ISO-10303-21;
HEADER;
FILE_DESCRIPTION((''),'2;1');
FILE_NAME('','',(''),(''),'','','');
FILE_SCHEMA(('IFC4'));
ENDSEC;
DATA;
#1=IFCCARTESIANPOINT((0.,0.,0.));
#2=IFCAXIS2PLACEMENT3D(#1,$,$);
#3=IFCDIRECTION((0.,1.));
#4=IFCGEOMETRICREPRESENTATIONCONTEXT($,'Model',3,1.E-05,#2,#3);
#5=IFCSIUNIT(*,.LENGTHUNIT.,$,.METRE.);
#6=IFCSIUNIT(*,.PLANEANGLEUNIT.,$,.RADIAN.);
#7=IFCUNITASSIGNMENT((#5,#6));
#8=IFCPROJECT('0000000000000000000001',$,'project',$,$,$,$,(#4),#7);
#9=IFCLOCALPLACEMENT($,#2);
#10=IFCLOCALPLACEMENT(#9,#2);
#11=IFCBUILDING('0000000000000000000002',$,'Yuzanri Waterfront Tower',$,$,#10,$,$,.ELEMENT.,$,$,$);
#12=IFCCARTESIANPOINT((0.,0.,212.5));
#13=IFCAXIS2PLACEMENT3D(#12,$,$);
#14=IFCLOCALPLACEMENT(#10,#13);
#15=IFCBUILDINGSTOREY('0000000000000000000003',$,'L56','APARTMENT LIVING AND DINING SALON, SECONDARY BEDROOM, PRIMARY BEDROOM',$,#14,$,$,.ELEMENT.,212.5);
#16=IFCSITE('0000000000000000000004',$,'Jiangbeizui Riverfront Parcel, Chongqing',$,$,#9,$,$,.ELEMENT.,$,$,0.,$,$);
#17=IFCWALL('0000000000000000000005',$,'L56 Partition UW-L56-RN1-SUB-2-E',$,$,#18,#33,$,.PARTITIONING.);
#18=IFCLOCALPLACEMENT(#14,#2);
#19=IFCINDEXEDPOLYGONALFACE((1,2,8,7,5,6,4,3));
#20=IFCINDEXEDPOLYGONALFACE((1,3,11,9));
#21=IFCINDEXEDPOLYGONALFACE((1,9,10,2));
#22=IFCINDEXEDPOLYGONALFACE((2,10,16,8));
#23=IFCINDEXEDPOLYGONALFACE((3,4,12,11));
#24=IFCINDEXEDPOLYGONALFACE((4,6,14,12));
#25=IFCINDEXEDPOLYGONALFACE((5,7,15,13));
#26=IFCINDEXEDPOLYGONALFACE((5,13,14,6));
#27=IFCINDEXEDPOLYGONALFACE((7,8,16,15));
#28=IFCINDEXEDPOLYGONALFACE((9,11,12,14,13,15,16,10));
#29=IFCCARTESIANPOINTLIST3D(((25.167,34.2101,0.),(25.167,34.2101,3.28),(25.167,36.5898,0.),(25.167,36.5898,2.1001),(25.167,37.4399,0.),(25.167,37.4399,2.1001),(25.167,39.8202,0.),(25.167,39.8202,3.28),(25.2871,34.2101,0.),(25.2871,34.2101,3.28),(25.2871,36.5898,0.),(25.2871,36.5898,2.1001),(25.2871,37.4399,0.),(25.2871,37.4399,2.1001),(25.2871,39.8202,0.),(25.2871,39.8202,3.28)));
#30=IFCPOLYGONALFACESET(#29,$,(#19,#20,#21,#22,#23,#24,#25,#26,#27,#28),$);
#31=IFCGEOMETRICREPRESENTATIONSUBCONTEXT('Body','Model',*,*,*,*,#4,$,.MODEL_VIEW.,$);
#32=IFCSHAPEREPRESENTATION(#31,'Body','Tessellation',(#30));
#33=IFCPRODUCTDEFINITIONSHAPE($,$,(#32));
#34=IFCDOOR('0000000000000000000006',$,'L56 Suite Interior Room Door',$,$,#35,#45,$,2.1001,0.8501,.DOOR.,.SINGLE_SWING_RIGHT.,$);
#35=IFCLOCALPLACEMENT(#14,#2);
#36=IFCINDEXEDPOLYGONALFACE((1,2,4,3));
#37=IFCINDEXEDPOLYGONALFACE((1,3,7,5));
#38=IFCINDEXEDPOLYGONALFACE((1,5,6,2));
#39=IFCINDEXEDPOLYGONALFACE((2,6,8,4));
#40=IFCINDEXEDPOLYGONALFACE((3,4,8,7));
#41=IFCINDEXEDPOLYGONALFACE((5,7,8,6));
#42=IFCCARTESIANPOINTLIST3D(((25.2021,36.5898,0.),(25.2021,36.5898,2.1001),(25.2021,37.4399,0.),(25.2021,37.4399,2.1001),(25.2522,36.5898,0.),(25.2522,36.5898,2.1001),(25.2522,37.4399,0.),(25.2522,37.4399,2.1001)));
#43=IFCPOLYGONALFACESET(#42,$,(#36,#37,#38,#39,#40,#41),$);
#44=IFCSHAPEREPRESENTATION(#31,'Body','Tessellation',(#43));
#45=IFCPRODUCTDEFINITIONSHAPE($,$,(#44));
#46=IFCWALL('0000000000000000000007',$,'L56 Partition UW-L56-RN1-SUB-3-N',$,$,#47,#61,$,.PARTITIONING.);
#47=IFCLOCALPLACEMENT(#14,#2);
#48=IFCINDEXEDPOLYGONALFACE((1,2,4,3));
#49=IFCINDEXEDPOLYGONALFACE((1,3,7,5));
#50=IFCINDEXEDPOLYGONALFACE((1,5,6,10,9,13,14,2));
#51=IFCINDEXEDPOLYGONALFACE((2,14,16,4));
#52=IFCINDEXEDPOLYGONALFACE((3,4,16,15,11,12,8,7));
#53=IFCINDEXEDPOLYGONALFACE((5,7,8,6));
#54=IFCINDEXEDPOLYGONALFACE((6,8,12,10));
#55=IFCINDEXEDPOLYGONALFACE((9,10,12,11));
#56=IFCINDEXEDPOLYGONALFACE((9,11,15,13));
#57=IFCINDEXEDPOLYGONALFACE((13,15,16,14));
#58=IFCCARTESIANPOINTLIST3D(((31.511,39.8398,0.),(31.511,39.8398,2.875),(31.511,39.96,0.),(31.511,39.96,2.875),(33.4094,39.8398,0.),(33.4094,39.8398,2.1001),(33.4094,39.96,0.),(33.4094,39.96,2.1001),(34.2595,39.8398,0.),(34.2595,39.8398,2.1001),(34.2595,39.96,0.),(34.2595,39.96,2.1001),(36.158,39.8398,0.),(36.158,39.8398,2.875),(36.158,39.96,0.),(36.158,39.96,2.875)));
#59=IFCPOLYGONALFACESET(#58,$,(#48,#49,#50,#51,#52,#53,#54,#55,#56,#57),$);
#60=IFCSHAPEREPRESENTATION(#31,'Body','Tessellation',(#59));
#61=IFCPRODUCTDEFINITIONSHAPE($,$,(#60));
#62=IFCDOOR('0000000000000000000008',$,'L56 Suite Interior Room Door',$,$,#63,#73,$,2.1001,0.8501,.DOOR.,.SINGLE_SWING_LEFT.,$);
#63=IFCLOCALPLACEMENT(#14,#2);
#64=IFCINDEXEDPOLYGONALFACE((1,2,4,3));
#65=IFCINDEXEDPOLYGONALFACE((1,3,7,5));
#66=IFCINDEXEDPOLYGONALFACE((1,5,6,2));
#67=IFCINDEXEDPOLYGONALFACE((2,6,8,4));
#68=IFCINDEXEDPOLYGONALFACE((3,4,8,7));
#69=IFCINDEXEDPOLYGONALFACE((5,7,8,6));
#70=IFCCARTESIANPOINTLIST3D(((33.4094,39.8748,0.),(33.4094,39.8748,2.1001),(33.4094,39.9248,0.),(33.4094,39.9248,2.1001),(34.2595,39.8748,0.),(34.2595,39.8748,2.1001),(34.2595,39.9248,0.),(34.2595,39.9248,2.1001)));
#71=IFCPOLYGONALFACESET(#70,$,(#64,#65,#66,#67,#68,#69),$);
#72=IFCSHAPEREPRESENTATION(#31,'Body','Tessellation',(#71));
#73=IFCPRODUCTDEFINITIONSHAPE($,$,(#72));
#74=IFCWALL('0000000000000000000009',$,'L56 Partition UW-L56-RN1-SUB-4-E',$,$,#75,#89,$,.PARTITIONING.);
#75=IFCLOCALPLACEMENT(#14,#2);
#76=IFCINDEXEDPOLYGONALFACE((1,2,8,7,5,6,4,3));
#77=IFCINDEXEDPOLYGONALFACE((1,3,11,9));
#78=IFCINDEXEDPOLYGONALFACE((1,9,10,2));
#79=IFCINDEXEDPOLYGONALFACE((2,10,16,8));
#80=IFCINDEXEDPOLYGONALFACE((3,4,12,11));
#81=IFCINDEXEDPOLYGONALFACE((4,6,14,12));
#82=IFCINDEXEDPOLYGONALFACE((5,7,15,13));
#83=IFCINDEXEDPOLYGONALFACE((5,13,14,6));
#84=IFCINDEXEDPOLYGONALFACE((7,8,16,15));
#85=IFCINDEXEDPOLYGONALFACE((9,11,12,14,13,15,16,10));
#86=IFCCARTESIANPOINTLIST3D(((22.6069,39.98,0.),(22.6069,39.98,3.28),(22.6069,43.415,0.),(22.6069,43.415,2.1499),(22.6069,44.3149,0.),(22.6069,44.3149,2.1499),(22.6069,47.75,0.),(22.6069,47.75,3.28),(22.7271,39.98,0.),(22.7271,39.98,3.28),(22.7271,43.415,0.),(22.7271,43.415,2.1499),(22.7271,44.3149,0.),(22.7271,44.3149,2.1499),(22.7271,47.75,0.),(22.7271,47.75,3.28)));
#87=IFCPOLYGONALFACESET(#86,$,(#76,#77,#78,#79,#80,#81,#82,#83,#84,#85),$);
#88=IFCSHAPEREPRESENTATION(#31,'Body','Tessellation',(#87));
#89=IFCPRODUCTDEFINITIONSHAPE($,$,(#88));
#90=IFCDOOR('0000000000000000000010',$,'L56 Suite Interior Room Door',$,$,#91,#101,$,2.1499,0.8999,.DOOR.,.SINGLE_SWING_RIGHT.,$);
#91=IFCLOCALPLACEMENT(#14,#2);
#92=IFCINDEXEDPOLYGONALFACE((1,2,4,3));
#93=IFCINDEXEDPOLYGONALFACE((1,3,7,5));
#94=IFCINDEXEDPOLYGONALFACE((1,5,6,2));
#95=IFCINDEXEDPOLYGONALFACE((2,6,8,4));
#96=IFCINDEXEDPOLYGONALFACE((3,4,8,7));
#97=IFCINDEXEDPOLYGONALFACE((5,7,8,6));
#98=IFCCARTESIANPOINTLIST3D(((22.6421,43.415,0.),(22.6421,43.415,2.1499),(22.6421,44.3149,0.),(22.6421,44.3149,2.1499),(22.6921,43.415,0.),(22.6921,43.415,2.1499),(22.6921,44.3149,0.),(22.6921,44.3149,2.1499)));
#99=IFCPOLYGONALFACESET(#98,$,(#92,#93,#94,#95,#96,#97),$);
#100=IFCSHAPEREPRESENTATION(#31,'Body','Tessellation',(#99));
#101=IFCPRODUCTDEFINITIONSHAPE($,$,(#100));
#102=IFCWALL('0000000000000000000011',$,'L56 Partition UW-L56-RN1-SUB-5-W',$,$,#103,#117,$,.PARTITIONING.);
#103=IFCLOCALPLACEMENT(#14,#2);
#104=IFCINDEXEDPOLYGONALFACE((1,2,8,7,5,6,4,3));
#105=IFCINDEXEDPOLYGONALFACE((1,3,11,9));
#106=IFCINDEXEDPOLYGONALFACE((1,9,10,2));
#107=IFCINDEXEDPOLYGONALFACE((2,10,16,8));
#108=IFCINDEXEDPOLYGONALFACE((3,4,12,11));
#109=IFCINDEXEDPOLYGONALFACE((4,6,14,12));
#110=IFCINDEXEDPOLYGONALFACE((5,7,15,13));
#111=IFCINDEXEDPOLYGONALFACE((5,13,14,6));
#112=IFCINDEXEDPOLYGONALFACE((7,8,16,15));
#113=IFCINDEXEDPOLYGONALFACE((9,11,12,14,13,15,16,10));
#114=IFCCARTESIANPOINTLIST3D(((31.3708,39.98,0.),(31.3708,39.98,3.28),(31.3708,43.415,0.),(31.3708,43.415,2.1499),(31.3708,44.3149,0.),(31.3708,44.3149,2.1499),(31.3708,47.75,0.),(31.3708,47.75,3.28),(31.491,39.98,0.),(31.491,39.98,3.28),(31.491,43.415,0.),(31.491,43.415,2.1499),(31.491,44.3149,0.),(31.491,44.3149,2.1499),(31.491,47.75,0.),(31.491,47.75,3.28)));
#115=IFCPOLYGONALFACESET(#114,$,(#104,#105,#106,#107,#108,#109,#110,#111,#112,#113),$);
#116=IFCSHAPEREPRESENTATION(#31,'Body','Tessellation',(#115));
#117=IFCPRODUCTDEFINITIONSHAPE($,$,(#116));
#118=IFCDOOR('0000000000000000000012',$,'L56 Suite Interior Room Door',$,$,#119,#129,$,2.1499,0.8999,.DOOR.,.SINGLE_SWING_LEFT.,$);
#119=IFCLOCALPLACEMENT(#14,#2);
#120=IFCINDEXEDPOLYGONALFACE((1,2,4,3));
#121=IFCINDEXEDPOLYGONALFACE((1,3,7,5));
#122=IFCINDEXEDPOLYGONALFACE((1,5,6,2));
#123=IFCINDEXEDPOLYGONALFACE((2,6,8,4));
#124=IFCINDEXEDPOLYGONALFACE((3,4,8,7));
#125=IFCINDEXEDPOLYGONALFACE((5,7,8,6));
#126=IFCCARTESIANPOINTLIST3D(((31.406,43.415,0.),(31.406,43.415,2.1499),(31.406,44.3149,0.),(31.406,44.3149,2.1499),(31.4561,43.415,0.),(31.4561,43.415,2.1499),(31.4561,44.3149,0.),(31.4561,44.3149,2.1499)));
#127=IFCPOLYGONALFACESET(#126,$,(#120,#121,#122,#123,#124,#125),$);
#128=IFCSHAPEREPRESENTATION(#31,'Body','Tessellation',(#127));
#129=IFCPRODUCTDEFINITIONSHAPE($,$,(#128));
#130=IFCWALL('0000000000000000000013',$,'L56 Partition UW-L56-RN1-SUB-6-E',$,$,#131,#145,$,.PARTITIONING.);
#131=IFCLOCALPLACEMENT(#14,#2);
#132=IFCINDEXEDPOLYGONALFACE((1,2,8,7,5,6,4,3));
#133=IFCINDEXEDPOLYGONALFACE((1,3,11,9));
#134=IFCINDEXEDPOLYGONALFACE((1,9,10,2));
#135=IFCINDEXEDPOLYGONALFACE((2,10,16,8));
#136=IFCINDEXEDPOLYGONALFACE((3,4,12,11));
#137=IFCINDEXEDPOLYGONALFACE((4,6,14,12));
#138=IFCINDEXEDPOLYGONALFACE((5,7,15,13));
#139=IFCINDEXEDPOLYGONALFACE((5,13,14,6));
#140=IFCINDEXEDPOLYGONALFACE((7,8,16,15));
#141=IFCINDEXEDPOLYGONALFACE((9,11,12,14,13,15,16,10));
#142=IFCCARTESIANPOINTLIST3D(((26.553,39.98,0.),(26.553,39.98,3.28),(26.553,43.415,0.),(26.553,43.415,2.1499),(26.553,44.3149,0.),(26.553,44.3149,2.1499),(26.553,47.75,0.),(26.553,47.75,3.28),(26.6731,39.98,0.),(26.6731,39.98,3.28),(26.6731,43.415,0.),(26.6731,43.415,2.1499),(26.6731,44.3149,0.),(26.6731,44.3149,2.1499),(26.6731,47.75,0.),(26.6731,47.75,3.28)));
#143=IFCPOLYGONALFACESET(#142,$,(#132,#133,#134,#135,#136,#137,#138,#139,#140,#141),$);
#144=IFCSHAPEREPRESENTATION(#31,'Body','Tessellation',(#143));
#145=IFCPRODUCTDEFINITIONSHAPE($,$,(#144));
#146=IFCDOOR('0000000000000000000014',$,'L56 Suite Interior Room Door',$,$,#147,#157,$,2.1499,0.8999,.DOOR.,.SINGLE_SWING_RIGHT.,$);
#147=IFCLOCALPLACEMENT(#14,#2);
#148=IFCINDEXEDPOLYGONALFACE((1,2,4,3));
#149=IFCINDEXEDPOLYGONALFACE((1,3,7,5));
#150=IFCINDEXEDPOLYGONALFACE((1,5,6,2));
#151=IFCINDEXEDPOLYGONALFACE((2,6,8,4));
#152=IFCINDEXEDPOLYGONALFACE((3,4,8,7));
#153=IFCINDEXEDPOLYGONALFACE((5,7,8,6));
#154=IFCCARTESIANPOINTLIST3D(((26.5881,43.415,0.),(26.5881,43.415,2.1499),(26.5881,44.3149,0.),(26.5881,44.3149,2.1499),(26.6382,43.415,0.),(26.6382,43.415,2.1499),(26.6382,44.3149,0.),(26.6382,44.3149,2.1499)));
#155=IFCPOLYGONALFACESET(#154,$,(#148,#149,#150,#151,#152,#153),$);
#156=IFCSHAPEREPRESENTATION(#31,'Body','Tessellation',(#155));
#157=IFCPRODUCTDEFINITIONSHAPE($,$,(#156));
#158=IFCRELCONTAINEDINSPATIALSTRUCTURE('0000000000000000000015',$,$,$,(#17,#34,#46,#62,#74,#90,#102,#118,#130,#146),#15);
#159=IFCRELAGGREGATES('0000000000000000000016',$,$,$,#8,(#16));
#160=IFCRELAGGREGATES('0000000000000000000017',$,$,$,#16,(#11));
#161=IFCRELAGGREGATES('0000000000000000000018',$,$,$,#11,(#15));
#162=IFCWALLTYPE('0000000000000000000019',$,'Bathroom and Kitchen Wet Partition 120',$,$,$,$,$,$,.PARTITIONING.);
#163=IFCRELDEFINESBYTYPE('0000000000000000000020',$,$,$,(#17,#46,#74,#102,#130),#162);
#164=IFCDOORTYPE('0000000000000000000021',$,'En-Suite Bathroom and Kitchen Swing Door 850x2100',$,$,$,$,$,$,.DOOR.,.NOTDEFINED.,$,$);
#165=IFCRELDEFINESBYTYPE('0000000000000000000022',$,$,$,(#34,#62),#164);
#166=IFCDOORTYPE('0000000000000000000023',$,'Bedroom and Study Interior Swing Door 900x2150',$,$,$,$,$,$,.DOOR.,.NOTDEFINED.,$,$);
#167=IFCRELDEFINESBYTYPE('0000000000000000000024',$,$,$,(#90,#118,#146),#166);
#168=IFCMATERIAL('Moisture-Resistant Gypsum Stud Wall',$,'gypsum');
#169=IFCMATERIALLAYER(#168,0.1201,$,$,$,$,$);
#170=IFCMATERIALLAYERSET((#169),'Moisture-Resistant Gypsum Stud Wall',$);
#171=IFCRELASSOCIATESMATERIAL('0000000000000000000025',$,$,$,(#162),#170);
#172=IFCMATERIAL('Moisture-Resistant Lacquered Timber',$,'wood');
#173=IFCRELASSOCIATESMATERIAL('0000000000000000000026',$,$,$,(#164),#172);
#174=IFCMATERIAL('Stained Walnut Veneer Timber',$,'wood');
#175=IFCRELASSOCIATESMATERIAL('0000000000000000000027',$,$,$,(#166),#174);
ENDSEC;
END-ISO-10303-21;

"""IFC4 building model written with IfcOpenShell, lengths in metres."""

from ifc_helpers import new_model, si_unit, direction, frame, frame_2d, origin, place, context, subcontext, project, spatial, rectangle, extrude, source, transform, mapped, material, layer, layer_set, type_object, element, fill, save


model = new_model("IFC4")

# Units and contexts
model_context = context("Model", 3, precision=1e-05, world=origin(), true_north=direction((0.0, 1.0)))
body_context = subcontext(model_context, "Body", "Model", "MODEL_VIEW")
ifc_project = project(units=[si_unit("LENGTHUNIT", "METRE"), si_unit("PLANEANGLEUNIT", "RADIAN")], contexts=[model_context])

# Site, building, storey
site_placement = place(None, origin())
site = spatial("IfcSite", under=ifc_project, at=site_placement, Name="Jiangbeizui Riverfront Parcel, Chongqing", CompositionType="ELEMENT", RefElevation=0.0)
building_placement = place(site_placement, origin())
building = spatial("IfcBuilding", under=site, at=building_placement, Name="Yuzanri Waterfront Tower", CompositionType="ELEMENT")
storey_placement = place(building_placement, frame((0.0, 0.0, 212.5)))
storey = spatial("IfcBuildingStorey", under=building, at=storey_placement, Name="L56", Description="APARTMENT LIVING AND DINING SALON, SECONDARY BEDROOM, PRIMARY BEDROOM", CompositionType="ELEMENT", Elevation=212.5)

# Walls, openings, doors
ifc_material_1 = material(Name="Moisture-Resistant Gypsum Stud Wall", Category="gypsum")
ifc_layer_1 = layer(ifc_material_1, 0.1201)
ifc_layer_set_1 = layer_set([ifc_layer_1], Name="Moisture-Resistant Gypsum Stud Wall")
wall_type_1 = type_object("IfcWallType", Name="Bathroom and Kitchen Wet Partition 120", PredefinedType="PARTITIONING", material=ifc_layer_set_1)
wall_1_placement = place(storey_placement, frame((25.2271, 34.21, 0.0), z_axis=(0.0, 0.0, 1.0), x_axis=(0.0, 1.0, 0.0)))
wall_1 = element("IfcWall", 1, at=wall_1_placement, inside=storey, type_object=wall_type_1, Name="L56 Partition UW-L56-RN1-SUB-2-E", PredefinedType="PARTITIONING", context=body_context, shape_type="SweptSolid", body=[
    extrude(rectangle(XDim=5.6101, YDim=0.1201, at=frame_2d((2.8052, 0.0))), origin(), (0.0, 0.0, 1.0), 3.28),
])
opening_1_placement = place(wall_1_placement, frame((2.3799, 0.0, 0.0)))
opening_1 = element("IfcOpeningElement", 2, at=opening_1_placement, cuts=wall_1, PredefinedType="OPENING", context=body_context, shape_type="SweptSolid", body=[
    extrude(rectangle(XDim=0.8501, YDim=2.1001, at=frame_2d((0.425, 1.05))), frame((0.0, 0.075, 0.0), z_axis=(0.0, -1.0, 0.0), x_axis=(1.0, 0.0, 0.0)), (0.0, 0.0, 1.0), 0.1499),
])
ifc_material_2 = material(Name="Moisture-Resistant Lacquered Timber", Category="wood")
door_type_1 = type_object("IfcDoorType", Name="En-Suite Bathroom and Kitchen Swing Door 850x2100", OperationType="NOTDEFINED", PredefinedType="DOOR", material=ifc_material_2)
shared_shape_1 = source(origin(), body_context, "Body", "SweptSolid", [
    extrude(rectangle(XDim=0.8501, YDim=2.1001, at=frame_2d((0.425, 1.05))), frame((0.0, 0.0249, 0.0), z_axis=(0.0, -1.0, 0.0), x_axis=(1.0, 0.0, 0.0)), (0.0, 0.0, 1.0), 0.05),
])
door_1_placement = place(opening_1_placement, origin())
door_1 = element("IfcDoor", 3, at=door_1_placement, inside=storey, type_object=door_type_1, Name="L56 Suite Interior Room Door", OperationType="SINGLE_SWING_RIGHT", OverallHeight=2.1001, OverallWidth=0.8501, PredefinedType="DOOR", context=body_context, shape_type="MappedRepresentation", body=[
    mapped(shared_shape_1, transform((0.0, 0.0, 0.0), scale=1.0)),
])
fill(opening_1, door_1)
wall_2_placement = place(storey_placement, frame((31.511, 39.8999, 0.0), z_axis=(0.0, 0.0, 1.0), x_axis=(1.0, 0.0, 0.0)))
wall_2 = element("IfcWall", 4, at=wall_2_placement, inside=storey, type_object=wall_type_1, Name="L56 Partition UW-L56-RN1-SUB-3-N", PredefinedType="PARTITIONING", context=body_context, shape_type="SweptSolid", body=[
    extrude(rectangle(XDim=4.647, YDim=0.1201, at=frame_2d((2.3235, 0.0))), origin(), (0.0, 0.0, 1.0), 2.875),
])
opening_2_placement = place(wall_2_placement, frame((1.8984, 0.0, 0.0)))
opening_2 = element("IfcOpeningElement", 5, at=opening_2_placement, cuts=wall_2, PredefinedType="OPENING", context=body_context, shape_type="SweptSolid", body=[
    extrude(rectangle(XDim=0.8501, YDim=2.1001, at=frame_2d((0.425, 1.05))), frame((0.0, 0.075, 0.0), z_axis=(0.0, -1.0, 0.0), x_axis=(1.0, 0.0, 0.0)), (0.0, 0.0, 1.0), 0.1499),
])
door_2_placement = place(opening_2_placement, origin())
door_2 = element("IfcDoor", 6, at=door_2_placement, inside=storey, type_object=door_type_1, Name="L56 Suite Interior Room Door", OperationType="SINGLE_SWING_LEFT", OverallHeight=2.1001, OverallWidth=0.8501, PredefinedType="DOOR", context=body_context, shape_type="MappedRepresentation", body=[
    mapped(shared_shape_1, transform((0.0, 0.0, 0.0), scale=1.0)),
])
fill(opening_2, door_2)
wall_3_placement = place(storey_placement, frame((22.667, 39.98, 0.0), z_axis=(0.0, 0.0, 1.0), x_axis=(0.0, 1.0, 0.0)))
wall_3 = element("IfcWall", 7, at=wall_3_placement, inside=storey, type_object=wall_type_1, Name="L56 Partition UW-L56-RN1-SUB-4-E", PredefinedType="PARTITIONING", context=body_context, shape_type="SweptSolid", body=[
    extrude(rectangle(XDim=7.77, YDim=0.1201, at=frame_2d((3.885, 0.0))), origin(), (0.0, 0.0, 1.0), 3.28),
])
opening_3_placement = place(wall_3_placement, frame((3.4351, 0.0, 0.0)))
opening_3 = element("IfcOpeningElement", 8, at=opening_3_placement, cuts=wall_3, PredefinedType="OPENING", context=body_context, shape_type="SweptSolid", body=[
    extrude(rectangle(XDim=0.8999, YDim=2.1499, at=frame_2d((0.45, 1.075))), frame((0.0, 0.075, 0.0), z_axis=(0.0, -1.0, 0.0), x_axis=(1.0, 0.0, 0.0)), (0.0, 0.0, 1.0), 0.1499),
])
ifc_material_3 = material(Name="Stained Walnut Veneer Timber", Category="wood")
door_type_2 = type_object("IfcDoorType", Name="Bedroom and Study Interior Swing Door 900x2150", OperationType="NOTDEFINED", PredefinedType="DOOR", material=ifc_material_3)
shared_shape_2 = source(origin(), body_context, "Body", "SweptSolid", [
    extrude(rectangle(XDim=0.8999, YDim=2.1499, at=frame_2d((0.45, 1.075))), frame((0.0, 0.0249, 0.0), z_axis=(0.0, -1.0, 0.0), x_axis=(1.0, 0.0, 0.0)), (0.0, 0.0, 1.0), 0.05),
])
door_3_placement = place(opening_3_placement, origin())
door_3 = element("IfcDoor", 9, at=door_3_placement, inside=storey, type_object=door_type_2, Name="L56 Suite Interior Room Door", OperationType="SINGLE_SWING_RIGHT", OverallHeight=2.1499, OverallWidth=0.8999, PredefinedType="DOOR", context=body_context, shape_type="MappedRepresentation", body=[
    mapped(shared_shape_2, transform((0.0, 0.0, 0.0), scale=1.0)),
])
fill(opening_3, door_3)
wall_4_placement = place(storey_placement, frame((31.4309, 39.98, 0.0), z_axis=(0.0, 0.0, 1.0), x_axis=(0.0, 1.0, 0.0)))
wall_4 = element("IfcWall", 10, at=wall_4_placement, inside=storey, type_object=wall_type_1, Name="L56 Partition UW-L56-RN1-SUB-5-W", PredefinedType="PARTITIONING", context=body_context, shape_type="SweptSolid", body=[
    extrude(rectangle(XDim=7.77, YDim=0.1201, at=frame_2d((3.885, 0.0))), origin(), (0.0, 0.0, 1.0), 3.28),
])
opening_4_placement = place(wall_4_placement, frame((3.4351, 0.0, 0.0)))
opening_4 = element("IfcOpeningElement", 11, at=opening_4_placement, cuts=wall_4, PredefinedType="OPENING", context=body_context, shape_type="SweptSolid", body=[
    extrude(rectangle(XDim=0.8999, YDim=2.1499, at=frame_2d((0.45, 1.075))), frame((0.0, 0.075, 0.0), z_axis=(0.0, -1.0, 0.0), x_axis=(1.0, 0.0, 0.0)), (0.0, 0.0, 1.0), 0.1499),
])
door_4_placement = place(opening_4_placement, origin())
door_4 = element("IfcDoor", 12, at=door_4_placement, inside=storey, type_object=door_type_2, Name="L56 Suite Interior Room Door", OperationType="SINGLE_SWING_LEFT", OverallHeight=2.1499, OverallWidth=0.8999, PredefinedType="DOOR", context=body_context, shape_type="MappedRepresentation", body=[
    mapped(shared_shape_2, transform((0.0, 0.0, 0.0), scale=1.0)),
])
fill(opening_4, door_4)
wall_5_placement = place(storey_placement, frame((26.613, 39.98, 0.0), z_axis=(0.0, 0.0, 1.0), x_axis=(0.0, 1.0, 0.0)))
wall_5 = element("IfcWall", 13, at=wall_5_placement, inside=storey, type_object=wall_type_1, Name="L56 Partition UW-L56-RN1-SUB-6-E", PredefinedType="PARTITIONING", context=body_context, shape_type="SweptSolid", body=[
    extrude(rectangle(XDim=7.77, YDim=0.1201, at=frame_2d((3.885, 0.0))), origin(), (0.0, 0.0, 1.0), 3.28),
])
opening_5_placement = place(wall_5_placement, frame((3.4351, 0.0, 0.0)))
opening_5 = element("IfcOpeningElement", 14, at=opening_5_placement, cuts=wall_5, PredefinedType="OPENING", context=body_context, shape_type="SweptSolid", body=[
    extrude(rectangle(XDim=0.8999, YDim=2.1499, at=frame_2d((0.45, 1.075))), frame((0.0, 0.075, 0.0), z_axis=(0.0, -1.0, 0.0), x_axis=(1.0, 0.0, 0.0)), (0.0, 0.0, 1.0), 0.1499),
])
door_5_placement = place(opening_5_placement, origin())
door_5 = element("IfcDoor", 15, at=door_5_placement, inside=storey, type_object=door_type_2, Name="L56 Suite Interior Room Door", OperationType="SINGLE_SWING_RIGHT", OverallHeight=2.1499, OverallWidth=0.8999, PredefinedType="DOOR", context=body_context, shape_type="MappedRepresentation", body=[
    mapped(shared_shape_2, transform((0.0, 0.0, 0.0), scale=1.0)),
])
fill(opening_5, door_5)

save(model, "model.ifc")
